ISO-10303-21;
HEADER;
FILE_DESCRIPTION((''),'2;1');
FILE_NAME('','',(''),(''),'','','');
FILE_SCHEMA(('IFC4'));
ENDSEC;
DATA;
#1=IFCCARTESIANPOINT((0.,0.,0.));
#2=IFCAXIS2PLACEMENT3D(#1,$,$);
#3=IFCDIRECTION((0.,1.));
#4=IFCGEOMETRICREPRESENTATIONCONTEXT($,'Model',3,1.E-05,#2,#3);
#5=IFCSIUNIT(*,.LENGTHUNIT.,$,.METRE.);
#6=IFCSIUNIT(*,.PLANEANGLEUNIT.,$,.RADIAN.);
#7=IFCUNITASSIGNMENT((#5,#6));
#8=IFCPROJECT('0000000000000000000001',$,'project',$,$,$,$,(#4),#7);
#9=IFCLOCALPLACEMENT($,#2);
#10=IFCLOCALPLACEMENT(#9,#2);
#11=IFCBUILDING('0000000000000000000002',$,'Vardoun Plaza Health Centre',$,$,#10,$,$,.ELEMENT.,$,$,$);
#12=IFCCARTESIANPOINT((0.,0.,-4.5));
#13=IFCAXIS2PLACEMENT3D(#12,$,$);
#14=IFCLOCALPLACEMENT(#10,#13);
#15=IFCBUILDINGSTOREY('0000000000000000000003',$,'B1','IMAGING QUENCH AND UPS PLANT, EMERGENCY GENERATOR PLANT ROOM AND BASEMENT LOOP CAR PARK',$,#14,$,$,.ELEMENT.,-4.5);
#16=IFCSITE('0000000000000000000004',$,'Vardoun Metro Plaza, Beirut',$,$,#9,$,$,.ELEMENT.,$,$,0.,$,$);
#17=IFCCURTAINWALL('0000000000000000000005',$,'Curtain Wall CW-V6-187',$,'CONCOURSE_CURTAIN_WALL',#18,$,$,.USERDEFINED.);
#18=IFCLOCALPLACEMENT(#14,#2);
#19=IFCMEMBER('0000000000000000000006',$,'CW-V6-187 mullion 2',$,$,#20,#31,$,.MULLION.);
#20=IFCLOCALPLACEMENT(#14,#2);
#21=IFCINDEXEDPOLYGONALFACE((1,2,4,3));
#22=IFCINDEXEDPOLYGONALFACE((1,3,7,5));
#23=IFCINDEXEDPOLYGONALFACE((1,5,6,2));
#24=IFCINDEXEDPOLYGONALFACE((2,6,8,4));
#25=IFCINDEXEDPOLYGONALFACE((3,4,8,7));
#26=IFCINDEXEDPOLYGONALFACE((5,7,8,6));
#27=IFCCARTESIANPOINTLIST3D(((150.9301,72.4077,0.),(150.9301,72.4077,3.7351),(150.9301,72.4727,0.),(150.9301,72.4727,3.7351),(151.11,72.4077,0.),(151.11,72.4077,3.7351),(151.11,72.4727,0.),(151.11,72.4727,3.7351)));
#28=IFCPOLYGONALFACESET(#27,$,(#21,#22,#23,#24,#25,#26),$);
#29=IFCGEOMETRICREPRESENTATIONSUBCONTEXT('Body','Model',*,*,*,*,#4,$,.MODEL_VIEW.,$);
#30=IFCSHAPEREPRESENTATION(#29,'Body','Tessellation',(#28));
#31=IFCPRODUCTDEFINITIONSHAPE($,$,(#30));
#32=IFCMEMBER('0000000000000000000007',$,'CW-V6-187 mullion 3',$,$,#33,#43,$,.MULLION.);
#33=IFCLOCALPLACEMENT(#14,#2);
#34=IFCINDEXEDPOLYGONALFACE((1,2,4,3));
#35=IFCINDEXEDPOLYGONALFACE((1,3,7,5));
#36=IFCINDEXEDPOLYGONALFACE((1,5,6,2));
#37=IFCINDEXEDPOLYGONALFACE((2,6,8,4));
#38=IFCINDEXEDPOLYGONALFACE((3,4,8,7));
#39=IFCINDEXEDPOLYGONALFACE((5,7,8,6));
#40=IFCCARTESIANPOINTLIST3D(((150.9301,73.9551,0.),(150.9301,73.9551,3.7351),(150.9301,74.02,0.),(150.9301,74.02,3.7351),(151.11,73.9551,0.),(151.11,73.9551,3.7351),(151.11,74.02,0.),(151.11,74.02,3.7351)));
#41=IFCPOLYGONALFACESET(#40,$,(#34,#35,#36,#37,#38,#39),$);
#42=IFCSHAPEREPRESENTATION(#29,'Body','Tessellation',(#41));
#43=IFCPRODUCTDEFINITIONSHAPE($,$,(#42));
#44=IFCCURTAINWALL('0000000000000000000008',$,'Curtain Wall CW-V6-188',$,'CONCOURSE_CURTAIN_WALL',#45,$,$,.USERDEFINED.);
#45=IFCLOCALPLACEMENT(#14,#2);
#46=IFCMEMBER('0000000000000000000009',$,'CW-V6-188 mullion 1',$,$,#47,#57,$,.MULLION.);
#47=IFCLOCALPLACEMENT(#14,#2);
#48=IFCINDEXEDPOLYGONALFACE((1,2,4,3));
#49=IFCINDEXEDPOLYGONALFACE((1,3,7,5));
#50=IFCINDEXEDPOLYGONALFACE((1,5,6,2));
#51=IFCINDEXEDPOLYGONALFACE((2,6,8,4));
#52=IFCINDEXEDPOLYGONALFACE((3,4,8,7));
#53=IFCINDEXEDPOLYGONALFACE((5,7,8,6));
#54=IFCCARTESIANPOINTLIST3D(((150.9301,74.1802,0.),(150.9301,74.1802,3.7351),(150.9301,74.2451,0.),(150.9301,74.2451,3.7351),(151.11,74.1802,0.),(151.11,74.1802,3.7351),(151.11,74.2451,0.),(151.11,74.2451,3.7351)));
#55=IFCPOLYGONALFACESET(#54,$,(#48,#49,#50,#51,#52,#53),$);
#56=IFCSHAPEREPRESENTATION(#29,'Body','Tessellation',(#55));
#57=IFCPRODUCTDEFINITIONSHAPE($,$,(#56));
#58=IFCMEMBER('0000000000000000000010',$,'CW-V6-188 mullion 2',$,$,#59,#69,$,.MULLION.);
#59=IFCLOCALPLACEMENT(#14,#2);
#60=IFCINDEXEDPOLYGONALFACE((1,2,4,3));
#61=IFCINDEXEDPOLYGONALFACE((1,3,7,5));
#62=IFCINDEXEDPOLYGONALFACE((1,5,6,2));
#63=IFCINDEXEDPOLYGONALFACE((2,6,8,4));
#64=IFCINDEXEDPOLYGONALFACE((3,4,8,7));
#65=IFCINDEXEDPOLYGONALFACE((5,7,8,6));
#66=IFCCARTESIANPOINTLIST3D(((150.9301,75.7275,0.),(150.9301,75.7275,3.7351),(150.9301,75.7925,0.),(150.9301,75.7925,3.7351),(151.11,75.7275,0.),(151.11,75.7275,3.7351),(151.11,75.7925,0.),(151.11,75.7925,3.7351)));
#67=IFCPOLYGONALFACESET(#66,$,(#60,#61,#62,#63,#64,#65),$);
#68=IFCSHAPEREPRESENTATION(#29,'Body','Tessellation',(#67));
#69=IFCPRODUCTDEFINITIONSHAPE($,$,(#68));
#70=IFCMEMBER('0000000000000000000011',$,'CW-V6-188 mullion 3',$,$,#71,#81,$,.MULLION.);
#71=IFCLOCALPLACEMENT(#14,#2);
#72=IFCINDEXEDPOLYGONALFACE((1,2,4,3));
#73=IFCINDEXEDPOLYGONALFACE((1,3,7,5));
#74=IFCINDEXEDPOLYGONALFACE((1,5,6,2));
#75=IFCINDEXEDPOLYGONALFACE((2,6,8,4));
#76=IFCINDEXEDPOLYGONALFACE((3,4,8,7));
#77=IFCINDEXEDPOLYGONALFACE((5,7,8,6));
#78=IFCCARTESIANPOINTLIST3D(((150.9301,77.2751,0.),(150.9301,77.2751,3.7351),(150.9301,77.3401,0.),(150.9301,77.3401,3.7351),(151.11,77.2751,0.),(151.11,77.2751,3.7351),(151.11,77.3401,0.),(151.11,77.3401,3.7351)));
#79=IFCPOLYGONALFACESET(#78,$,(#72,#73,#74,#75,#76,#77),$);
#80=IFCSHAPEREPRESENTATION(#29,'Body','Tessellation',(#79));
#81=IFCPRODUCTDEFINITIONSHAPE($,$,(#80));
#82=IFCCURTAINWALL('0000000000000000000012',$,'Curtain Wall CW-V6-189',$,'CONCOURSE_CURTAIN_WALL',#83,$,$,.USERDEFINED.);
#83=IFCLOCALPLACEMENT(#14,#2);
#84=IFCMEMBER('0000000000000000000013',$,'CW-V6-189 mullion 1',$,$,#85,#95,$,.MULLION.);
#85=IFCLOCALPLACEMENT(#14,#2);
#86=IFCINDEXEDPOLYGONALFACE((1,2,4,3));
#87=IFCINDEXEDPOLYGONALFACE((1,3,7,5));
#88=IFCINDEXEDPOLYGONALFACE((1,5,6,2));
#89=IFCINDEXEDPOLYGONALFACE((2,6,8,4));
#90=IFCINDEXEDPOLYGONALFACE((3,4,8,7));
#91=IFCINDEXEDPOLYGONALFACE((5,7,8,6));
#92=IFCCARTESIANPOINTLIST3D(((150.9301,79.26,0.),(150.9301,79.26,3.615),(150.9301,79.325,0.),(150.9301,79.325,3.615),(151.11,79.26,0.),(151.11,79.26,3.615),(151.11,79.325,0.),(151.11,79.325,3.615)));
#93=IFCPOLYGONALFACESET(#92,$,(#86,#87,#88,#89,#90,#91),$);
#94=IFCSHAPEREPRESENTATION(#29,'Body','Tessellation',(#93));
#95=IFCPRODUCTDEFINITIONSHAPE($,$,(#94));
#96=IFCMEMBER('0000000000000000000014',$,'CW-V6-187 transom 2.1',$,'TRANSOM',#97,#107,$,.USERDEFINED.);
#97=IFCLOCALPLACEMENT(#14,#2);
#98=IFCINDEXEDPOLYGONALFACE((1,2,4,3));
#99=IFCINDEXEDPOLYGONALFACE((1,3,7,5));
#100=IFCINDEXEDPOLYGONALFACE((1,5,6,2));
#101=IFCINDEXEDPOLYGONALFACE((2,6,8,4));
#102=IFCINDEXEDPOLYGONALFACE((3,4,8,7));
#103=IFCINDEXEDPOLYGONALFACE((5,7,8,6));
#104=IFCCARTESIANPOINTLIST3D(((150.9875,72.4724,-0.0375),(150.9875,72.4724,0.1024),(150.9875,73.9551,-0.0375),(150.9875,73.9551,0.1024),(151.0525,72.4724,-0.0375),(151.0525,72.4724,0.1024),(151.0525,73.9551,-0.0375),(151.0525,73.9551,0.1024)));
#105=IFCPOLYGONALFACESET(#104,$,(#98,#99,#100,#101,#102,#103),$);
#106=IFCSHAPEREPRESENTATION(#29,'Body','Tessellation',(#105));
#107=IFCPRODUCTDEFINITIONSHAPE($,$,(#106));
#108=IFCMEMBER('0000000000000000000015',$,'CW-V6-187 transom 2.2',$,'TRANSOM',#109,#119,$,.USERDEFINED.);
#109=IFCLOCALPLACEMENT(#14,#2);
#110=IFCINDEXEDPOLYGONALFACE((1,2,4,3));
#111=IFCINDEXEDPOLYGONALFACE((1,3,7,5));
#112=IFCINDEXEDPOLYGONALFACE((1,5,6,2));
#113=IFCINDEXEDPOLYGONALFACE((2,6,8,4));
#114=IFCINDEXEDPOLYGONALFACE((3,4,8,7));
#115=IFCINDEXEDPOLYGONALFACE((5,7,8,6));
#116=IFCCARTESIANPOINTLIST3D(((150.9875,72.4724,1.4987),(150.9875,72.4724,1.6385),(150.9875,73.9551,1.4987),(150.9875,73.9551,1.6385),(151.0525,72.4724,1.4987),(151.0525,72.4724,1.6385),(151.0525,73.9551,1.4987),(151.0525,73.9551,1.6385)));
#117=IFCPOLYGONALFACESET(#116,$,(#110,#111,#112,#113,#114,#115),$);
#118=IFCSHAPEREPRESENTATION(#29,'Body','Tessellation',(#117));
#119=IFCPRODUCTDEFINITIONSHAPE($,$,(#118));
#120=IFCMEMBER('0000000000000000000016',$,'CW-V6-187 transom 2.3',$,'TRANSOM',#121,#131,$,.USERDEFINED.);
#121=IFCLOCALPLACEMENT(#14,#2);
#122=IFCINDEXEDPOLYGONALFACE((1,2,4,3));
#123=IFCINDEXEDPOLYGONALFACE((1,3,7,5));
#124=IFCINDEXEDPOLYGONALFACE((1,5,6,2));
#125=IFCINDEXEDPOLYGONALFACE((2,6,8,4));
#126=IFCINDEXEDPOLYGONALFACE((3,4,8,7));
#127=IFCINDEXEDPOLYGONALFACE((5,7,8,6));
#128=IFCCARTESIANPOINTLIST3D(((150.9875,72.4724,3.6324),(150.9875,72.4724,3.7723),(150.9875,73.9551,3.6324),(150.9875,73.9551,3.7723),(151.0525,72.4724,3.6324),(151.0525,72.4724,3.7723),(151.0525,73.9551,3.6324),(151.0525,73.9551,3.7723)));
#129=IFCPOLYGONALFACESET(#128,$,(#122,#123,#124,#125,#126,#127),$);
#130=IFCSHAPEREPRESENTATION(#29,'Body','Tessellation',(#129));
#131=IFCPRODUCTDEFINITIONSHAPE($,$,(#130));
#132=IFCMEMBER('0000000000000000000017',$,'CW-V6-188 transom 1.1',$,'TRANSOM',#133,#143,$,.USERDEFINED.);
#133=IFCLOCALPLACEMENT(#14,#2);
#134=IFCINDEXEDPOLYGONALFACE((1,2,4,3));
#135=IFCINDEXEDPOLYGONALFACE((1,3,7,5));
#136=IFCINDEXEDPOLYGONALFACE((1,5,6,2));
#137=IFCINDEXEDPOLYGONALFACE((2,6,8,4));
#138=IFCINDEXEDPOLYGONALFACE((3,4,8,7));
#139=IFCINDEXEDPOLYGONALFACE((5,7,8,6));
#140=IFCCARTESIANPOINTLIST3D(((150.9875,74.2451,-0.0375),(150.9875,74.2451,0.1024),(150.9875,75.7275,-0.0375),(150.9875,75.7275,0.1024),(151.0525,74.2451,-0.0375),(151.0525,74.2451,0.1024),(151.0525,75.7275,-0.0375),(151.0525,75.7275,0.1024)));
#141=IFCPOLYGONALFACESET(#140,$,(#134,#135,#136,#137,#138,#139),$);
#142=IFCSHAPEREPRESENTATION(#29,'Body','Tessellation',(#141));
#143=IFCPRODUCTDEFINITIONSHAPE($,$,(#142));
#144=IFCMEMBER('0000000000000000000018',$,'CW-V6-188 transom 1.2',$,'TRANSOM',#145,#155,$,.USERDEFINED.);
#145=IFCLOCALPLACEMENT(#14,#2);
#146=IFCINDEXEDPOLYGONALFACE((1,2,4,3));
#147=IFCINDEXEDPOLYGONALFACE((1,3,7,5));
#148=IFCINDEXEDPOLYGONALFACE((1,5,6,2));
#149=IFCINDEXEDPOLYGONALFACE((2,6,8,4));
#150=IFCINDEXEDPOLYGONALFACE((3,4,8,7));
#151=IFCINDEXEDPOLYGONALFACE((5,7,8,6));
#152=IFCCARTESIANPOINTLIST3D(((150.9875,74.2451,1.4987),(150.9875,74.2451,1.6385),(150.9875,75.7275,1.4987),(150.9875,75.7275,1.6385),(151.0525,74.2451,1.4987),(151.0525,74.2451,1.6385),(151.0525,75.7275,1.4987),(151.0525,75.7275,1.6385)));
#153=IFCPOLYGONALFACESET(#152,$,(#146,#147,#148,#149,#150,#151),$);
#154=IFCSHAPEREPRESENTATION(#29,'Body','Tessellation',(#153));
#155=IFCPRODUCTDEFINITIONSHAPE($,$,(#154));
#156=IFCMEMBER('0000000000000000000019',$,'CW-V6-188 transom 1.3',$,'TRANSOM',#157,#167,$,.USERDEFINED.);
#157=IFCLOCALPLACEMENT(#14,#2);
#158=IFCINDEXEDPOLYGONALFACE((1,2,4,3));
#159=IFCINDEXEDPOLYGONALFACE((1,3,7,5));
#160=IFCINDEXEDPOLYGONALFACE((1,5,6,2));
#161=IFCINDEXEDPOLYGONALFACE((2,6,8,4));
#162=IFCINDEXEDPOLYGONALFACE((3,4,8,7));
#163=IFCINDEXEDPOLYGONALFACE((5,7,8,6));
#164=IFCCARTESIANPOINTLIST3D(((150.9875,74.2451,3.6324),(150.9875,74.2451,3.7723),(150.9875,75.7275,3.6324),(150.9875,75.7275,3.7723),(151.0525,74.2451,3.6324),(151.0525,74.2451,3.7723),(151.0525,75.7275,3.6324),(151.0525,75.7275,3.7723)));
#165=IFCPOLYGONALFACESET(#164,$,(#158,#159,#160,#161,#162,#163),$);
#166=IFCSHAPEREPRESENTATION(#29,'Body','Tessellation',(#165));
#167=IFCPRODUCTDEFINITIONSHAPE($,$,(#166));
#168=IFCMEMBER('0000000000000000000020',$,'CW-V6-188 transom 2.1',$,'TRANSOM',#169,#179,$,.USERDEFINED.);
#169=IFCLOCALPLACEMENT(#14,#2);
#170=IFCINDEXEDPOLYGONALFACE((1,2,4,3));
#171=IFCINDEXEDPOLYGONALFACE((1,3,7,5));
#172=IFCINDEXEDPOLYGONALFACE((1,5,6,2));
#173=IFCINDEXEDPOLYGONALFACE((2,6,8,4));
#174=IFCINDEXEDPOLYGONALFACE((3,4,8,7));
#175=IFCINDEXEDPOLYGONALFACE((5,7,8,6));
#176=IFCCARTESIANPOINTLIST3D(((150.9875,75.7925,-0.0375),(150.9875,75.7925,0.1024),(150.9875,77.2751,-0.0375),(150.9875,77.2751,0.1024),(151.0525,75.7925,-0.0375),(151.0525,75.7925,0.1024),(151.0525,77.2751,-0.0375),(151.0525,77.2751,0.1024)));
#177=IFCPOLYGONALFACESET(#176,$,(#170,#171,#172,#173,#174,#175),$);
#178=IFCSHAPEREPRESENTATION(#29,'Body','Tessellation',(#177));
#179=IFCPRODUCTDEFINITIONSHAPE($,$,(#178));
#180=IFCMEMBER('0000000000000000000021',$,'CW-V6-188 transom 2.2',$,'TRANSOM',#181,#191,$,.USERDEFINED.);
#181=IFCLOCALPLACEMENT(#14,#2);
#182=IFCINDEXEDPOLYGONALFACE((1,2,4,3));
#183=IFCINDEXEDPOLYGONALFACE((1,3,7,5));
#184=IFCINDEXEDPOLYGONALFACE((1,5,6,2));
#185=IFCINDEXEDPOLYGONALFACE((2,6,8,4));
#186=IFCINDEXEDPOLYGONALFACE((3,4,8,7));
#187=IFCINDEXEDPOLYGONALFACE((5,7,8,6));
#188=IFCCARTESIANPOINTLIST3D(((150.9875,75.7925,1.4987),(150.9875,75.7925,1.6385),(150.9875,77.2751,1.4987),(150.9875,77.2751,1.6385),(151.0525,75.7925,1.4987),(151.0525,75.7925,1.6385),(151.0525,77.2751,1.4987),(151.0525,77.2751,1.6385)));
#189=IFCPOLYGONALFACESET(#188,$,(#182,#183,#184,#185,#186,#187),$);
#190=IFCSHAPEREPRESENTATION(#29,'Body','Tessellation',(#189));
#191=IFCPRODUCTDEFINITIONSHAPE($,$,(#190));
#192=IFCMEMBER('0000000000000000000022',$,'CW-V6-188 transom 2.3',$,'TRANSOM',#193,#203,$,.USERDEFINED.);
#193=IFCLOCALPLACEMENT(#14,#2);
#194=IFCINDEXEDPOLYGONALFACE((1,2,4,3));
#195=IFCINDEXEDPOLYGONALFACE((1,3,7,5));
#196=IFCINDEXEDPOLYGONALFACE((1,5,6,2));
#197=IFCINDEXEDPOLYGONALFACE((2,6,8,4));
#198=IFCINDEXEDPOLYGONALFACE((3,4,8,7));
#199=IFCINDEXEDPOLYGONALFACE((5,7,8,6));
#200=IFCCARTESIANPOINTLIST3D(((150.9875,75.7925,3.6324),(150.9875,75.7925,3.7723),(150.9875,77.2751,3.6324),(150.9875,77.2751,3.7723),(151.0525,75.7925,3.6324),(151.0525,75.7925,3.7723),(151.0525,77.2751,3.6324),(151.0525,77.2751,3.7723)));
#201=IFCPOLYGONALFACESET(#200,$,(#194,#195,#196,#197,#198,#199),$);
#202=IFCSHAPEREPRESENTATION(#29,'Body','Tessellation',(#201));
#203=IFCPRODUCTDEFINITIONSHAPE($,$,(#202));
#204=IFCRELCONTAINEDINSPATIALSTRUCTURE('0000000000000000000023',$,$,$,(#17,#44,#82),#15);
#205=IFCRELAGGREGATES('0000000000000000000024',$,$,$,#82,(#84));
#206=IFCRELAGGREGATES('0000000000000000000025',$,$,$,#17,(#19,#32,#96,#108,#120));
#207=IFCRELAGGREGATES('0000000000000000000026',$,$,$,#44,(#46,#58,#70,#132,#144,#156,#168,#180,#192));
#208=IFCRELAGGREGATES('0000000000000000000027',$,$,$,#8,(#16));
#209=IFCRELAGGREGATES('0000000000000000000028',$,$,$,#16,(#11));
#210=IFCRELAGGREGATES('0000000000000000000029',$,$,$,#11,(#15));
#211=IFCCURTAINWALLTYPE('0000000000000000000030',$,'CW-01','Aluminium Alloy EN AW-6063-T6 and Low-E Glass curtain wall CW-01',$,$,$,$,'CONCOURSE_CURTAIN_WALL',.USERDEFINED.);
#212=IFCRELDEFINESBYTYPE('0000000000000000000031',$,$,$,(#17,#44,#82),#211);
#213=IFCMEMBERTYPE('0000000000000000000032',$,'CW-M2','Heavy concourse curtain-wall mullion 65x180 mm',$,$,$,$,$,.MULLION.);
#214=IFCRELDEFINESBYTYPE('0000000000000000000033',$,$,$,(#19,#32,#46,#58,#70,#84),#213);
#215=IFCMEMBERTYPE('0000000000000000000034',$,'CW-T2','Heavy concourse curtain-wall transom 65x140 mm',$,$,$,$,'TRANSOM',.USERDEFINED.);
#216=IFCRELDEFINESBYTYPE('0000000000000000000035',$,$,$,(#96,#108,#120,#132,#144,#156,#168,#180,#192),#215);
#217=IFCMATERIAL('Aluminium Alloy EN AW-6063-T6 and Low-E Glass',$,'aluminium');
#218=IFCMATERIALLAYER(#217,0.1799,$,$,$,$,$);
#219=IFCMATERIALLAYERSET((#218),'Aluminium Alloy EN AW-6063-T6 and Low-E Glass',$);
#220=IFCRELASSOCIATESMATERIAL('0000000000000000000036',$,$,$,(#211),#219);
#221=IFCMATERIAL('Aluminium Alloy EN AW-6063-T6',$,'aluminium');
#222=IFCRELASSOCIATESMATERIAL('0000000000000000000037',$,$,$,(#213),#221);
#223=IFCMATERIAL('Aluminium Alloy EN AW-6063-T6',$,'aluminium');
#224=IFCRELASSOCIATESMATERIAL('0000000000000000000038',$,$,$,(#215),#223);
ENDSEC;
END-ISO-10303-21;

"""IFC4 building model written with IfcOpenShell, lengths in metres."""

from ifc_helpers import new_model, si_unit, direction, frame, origin, origin_2d, place, context, subcontext, project, spatial, rectangle, extrude, material, layer, layer_set, material_profile, profile_set, type_object, element, aggregate, save


model = new_model("IFC4")

# Units and contexts
model_context = context("Model", 3, precision=1e-05, world=origin(), true_north=direction((0.0, 1.0)))
body_context = subcontext(model_context, "Body", "Model", "MODEL_VIEW")
ifc_project = project(units=[si_unit("LENGTHUNIT", "METRE"), si_unit("PLANEANGLEUNIT", "RADIAN")], contexts=[model_context])

# Site, building, storey
site_placement = place(None, origin())
site = spatial("IfcSite", under=ifc_project, at=site_placement, Name="Vardoun Metro Plaza, Beirut", CompositionType="ELEMENT", RefElevation=0.0)
building_placement = place(site_placement, origin())
building = spatial("IfcBuilding", under=site, at=building_placement, Name="Vardoun Plaza Health Centre", CompositionType="ELEMENT")
storey_placement = place(building_placement, frame((0.0, 0.0, -4.5)))
storey = spatial("IfcBuildingStorey", under=building, at=storey_placement, Name="B1", Description="IMAGING QUENCH AND UPS PLANT, EMERGENCY GENERATOR PLANT ROOM AND BASEMENT LOOP CAR PARK", CompositionType="ELEMENT", Elevation=-4.5)

# Curtain walls, members
ifc_material_1 = material(Name="Aluminium Alloy EN AW-6063-T6 and Low-E Glass", Category="aluminium")
ifc_layer_1 = layer(ifc_material_1, 0.1799)
ifc_layer_set_1 = layer_set([ifc_layer_1], Name="Aluminium Alloy EN AW-6063-T6 and Low-E Glass")
curtain_wall_type = type_object("IfcCurtainWallType", Name="CW-01", Description="Aluminium Alloy EN AW-6063-T6 and Low-E Glass curtain wall CW-01", ElementType="CONCOURSE_CURTAIN_WALL", PredefinedType="USERDEFINED", material=ifc_layer_set_1)
curtain_wall_1_placement = place(storey_placement, origin())
curtain_wall_1 = element("IfcCurtainWall", 1, at=curtain_wall_1_placement, inside=storey, type_object=curtain_wall_type, Name="Curtain Wall CW-V6-187", ObjectType="CONCOURSE_CURTAIN_WALL", PredefinedType="USERDEFINED")
ifc_material_2 = material(Name="Aluminium Alloy EN AW-6063-T6", Category="aluminium")
ifc_material_profile_1 = material_profile(ifc_material_2, rectangle(XDim=0.1799, YDim=0.0649, at=origin_2d()), Name="CWM 65x180")
ifc_profile_set_1 = profile_set([ifc_material_profile_1], Name="Aluminium Alloy EN AW-6063-T6")
member_type_1 = type_object("IfcMemberType", Name="CW-M2", Description="Heavy concourse curtain-wall mullion 65x180 mm", PredefinedType="MULLION", material=ifc_profile_set_1)
member_1_placement = place(storey_placement, frame((151.02, 72.4402, 0.0), z_axis=(0.0, 0.0, 1.0), x_axis=(-1.0, 0.0, 0.0)))
member_1 = element("IfcMember", 2, at=member_1_placement, type_object=member_type_1, Name="CW-V6-187 mullion 2", PredefinedType="MULLION", context=body_context, shape_type="SweptSolid", body=[
    extrude(rectangle(XDim=0.1799, YDim=0.0649, at=origin_2d()), origin(), (0.0, 0.0, 1.0), 3.7351),
])
member_2_placement = place(storey_placement, frame((151.02, 73.9875, 0.0), z_axis=(0.0, 0.0, 1.0), x_axis=(-1.0, 0.0, 0.0)))
member_2 = element("IfcMember", 3, at=member_2_placement, type_object=member_type_1, Name="CW-V6-187 mullion 3", PredefinedType="MULLION", context=body_context, shape_type="SweptSolid", body=[
    extrude(rectangle(XDim=0.1799, YDim=0.0649, at=origin_2d()), origin(), (0.0, 0.0, 1.0), 3.7351),
])
curtain_wall_2_placement = place(storey_placement, origin())
curtain_wall_2 = element("IfcCurtainWall", 4, at=curtain_wall_2_placement, inside=storey, type_object=curtain_wall_type, Name="Curtain Wall CW-V6-188", ObjectType="CONCOURSE_CURTAIN_WALL", PredefinedType="USERDEFINED")
member_3_placement = place(storey_placement, frame((151.02, 74.2126, 0.0), z_axis=(0.0, 0.0, 1.0), x_axis=(-1.0, 0.0, 0.0)))
member_3 = element("IfcMember", 5, at=member_3_placement, type_object=member_type_1, Name="CW-V6-188 mullion 1", PredefinedType="MULLION", context=body_context, shape_type="SweptSolid", body=[
    extrude(rectangle(XDim=0.1799, YDim=0.0649, at=origin_2d()), origin(), (0.0, 0.0, 1.0), 3.7351),
])
member_4_placement = place(storey_placement, frame((151.02, 75.76, 0.0), z_axis=(0.0, 0.0, 1.0), x_axis=(-1.0, 0.0, 0.0)))
member_4 = element("IfcMember", 6, at=member_4_placement, type_object=member_type_1, Name="CW-V6-188 mullion 2", PredefinedType="MULLION", context=body_context, shape_type="SweptSolid", body=[
    extrude(rectangle(XDim=0.1799, YDim=0.0649, at=origin_2d()), origin(), (0.0, 0.0, 1.0), 3.7351),
])
member_5_placement = place(storey_placement, frame((151.02, 77.3076, 0.0), z_axis=(0.0, 0.0, 1.0), x_axis=(-1.0, 0.0, 0.0)))
member_5 = element("IfcMember", 7, at=member_5_placement, type_object=member_type_1, Name="CW-V6-188 mullion 3", PredefinedType="MULLION", context=body_context, shape_type="SweptSolid", body=[
    extrude(rectangle(XDim=0.1799, YDim=0.0649, at=origin_2d()), origin(), (0.0, 0.0, 1.0), 3.7351),
])

# Curtain wall, member
curtain_wall_3_placement = place(storey_placement, origin())
curtain_wall_3 = element("IfcCurtainWall", 8, at=curtain_wall_3_placement, inside=storey, type_object=curtain_wall_type, Name="Curtain Wall CW-V6-189", ObjectType="CONCOURSE_CURTAIN_WALL", PredefinedType="USERDEFINED")
member_6_placement = place(storey_placement, frame((151.02, 79.2925, 0.0), z_axis=(0.0, 0.0, 1.0), x_axis=(-1.0, 0.0, 0.0)))
member_6 = element("IfcMember", 9, at=member_6_placement, type_object=member_type_1, Name="CW-V6-189 mullion 1", PredefinedType="MULLION", context=body_context, shape_type="SweptSolid", body=[
    extrude(rectangle(XDim=0.1799, YDim=0.0649, at=origin_2d()), origin(), (0.0, 0.0, 1.0), 3.615),
])

# Members
ifc_material_3 = material(Name="Aluminium Alloy EN AW-6063-T6", Category="aluminium")
ifc_material_profile_2 = material_profile(ifc_material_3, rectangle(XDim=0.0649, YDim=0.1399, at=origin_2d()), Name="CWT 65x140")
ifc_profile_set_2 = profile_set([ifc_material_profile_2], Name="Aluminium Alloy EN AW-6063-T6")
member_type_2 = type_object("IfcMemberType", Name="CW-T2", Description="Heavy concourse curtain-wall transom 65x140 mm", ElementType="TRANSOM", PredefinedType="USERDEFINED", material=ifc_profile_set_2)
member_7_placement = place(storey_placement, frame((151.02, 72.4724, 0.0325), z_axis=(0.0, 1.0, 0.0), x_axis=(-1.0, 0.0, 0.0)))
member_7 = element("IfcMember", 10, at=member_7_placement, type_object=member_type_2, Name="CW-V6-187 transom 2.1", ObjectType="TRANSOM", PredefinedType="USERDEFINED", context=body_context, shape_type="SweptSolid", body=[
    extrude(rectangle(XDim=0.0649, YDim=0.1399, at=origin_2d()), origin(), (0.0, 0.0, 1.0), 1.4827),
])
member_8_placement = place(storey_placement, frame((151.02, 72.4724, 1.5686), z_axis=(0.0, 1.0, 0.0), x_axis=(-1.0, 0.0, 0.0)))
member_8 = element("IfcMember", 11, at=member_8_placement, type_object=member_type_2, Name="CW-V6-187 transom 2.2", ObjectType="TRANSOM", PredefinedType="USERDEFINED", context=body_context, shape_type="SweptSolid", body=[
    extrude(rectangle(XDim=0.0649, YDim=0.1399, at=origin_2d()), origin(), (0.0, 0.0, 1.0), 1.4827),
])
member_9_placement = place(storey_placement, frame((151.02, 72.4724, 3.7024), z_axis=(0.0, 1.0, 0.0), x_axis=(-1.0, 0.0, 0.0)))
member_9 = element("IfcMember", 12, at=member_9_placement, type_object=member_type_2, Name="CW-V6-187 transom 2.3", ObjectType="TRANSOM", PredefinedType="USERDEFINED", context=body_context, shape_type="SweptSolid", body=[
    extrude(rectangle(XDim=0.0649, YDim=0.1399, at=origin_2d()), origin(), (0.0, 0.0, 1.0), 1.4827),
])
member_10_placement = place(storey_placement, frame((151.02, 74.2451, 0.0325), z_axis=(0.0, 1.0, 0.0), x_axis=(-1.0, 0.0, 0.0)))
member_10 = element("IfcMember", 13, at=member_10_placement, type_object=member_type_2, Name="CW-V6-188 transom 1.1", ObjectType="TRANSOM", PredefinedType="USERDEFINED", context=body_context, shape_type="SweptSolid", body=[
    extrude(rectangle(XDim=0.0649, YDim=0.1399, at=origin_2d()), origin(), (0.0, 0.0, 1.0), 1.4824),
])
member_11_placement = place(storey_placement, frame((151.02, 74.2451, 1.5686), z_axis=(0.0, 1.0, 0.0), x_axis=(-1.0, 0.0, 0.0)))
member_11 = element("IfcMember", 14, at=member_11_placement, type_object=member_type_2, Name="CW-V6-188 transom 1.2", ObjectType="TRANSOM", PredefinedType="USERDEFINED", context=body_context, shape_type="SweptSolid", body=[
    extrude(rectangle(XDim=0.0649, YDim=0.1399, at=origin_2d()), origin(), (0.0, 0.0, 1.0), 1.4824),
])
member_12_placement = place(storey_placement, frame((151.02, 74.2451, 3.7024), z_axis=(0.0, 1.0, 0.0), x_axis=(-1.0, 0.0, 0.0)))
member_12 = element("IfcMember", 15, at=member_12_placement, type_object=member_type_2, Name="CW-V6-188 transom 1.3", ObjectType="TRANSOM", PredefinedType="USERDEFINED", context=body_context, shape_type="SweptSolid", body=[
    extrude(rectangle(XDim=0.0649, YDim=0.1399, at=origin_2d()), origin(), (0.0, 0.0, 1.0), 1.4824),
])
member_13_placement = place(storey_placement, frame((151.02, 75.7925, 0.0325), z_axis=(0.0, 1.0, 0.0), x_axis=(-1.0, 0.0, 0.0)))
member_13 = element("IfcMember", 16, at=member_13_placement, type_object=member_type_2, Name="CW-V6-188 transom 2.1", ObjectType="TRANSOM", PredefinedType="USERDEFINED", context=body_context, shape_type="SweptSolid", body=[
    extrude(rectangle(XDim=0.0649, YDim=0.1399, at=origin_2d()), origin(), (0.0, 0.0, 1.0), 1.4827),
])
member_14_placement = place(storey_placement, frame((151.02, 75.7925, 1.5686), z_axis=(0.0, 1.0, 0.0), x_axis=(-1.0, 0.0, 0.0)))
member_14 = element("IfcMember", 17, at=member_14_placement, type_object=member_type_2, Name="CW-V6-188 transom 2.2", ObjectType="TRANSOM", PredefinedType="USERDEFINED", context=body_context, shape_type="SweptSolid", body=[
    extrude(rectangle(XDim=0.0649, YDim=0.1399, at=origin_2d()), origin(), (0.0, 0.0, 1.0), 1.4827),
])
member_15_placement = place(storey_placement, frame((151.02, 75.7925, 3.7024), z_axis=(0.0, 1.0, 0.0), x_axis=(-1.0, 0.0, 0.0)))
member_15 = element("IfcMember", 18, at=member_15_placement, type_object=member_type_2, Name="CW-V6-188 transom 2.3", ObjectType="TRANSOM", PredefinedType="USERDEFINED", context=body_context, shape_type="SweptSolid", body=[
    extrude(rectangle(XDim=0.0649, YDim=0.1399, at=origin_2d()), origin(), (0.0, 0.0, 1.0), 1.4827),
])
aggregate(curtain_wall_3, [member_6])

aggregate(curtain_wall_1, [member_1, member_2, member_7, member_8, member_9])
aggregate(curtain_wall_2, [member_3, member_4, member_5, member_10, member_11, member_12, member_13, member_14, member_15])

save(model, "model.ifc")
